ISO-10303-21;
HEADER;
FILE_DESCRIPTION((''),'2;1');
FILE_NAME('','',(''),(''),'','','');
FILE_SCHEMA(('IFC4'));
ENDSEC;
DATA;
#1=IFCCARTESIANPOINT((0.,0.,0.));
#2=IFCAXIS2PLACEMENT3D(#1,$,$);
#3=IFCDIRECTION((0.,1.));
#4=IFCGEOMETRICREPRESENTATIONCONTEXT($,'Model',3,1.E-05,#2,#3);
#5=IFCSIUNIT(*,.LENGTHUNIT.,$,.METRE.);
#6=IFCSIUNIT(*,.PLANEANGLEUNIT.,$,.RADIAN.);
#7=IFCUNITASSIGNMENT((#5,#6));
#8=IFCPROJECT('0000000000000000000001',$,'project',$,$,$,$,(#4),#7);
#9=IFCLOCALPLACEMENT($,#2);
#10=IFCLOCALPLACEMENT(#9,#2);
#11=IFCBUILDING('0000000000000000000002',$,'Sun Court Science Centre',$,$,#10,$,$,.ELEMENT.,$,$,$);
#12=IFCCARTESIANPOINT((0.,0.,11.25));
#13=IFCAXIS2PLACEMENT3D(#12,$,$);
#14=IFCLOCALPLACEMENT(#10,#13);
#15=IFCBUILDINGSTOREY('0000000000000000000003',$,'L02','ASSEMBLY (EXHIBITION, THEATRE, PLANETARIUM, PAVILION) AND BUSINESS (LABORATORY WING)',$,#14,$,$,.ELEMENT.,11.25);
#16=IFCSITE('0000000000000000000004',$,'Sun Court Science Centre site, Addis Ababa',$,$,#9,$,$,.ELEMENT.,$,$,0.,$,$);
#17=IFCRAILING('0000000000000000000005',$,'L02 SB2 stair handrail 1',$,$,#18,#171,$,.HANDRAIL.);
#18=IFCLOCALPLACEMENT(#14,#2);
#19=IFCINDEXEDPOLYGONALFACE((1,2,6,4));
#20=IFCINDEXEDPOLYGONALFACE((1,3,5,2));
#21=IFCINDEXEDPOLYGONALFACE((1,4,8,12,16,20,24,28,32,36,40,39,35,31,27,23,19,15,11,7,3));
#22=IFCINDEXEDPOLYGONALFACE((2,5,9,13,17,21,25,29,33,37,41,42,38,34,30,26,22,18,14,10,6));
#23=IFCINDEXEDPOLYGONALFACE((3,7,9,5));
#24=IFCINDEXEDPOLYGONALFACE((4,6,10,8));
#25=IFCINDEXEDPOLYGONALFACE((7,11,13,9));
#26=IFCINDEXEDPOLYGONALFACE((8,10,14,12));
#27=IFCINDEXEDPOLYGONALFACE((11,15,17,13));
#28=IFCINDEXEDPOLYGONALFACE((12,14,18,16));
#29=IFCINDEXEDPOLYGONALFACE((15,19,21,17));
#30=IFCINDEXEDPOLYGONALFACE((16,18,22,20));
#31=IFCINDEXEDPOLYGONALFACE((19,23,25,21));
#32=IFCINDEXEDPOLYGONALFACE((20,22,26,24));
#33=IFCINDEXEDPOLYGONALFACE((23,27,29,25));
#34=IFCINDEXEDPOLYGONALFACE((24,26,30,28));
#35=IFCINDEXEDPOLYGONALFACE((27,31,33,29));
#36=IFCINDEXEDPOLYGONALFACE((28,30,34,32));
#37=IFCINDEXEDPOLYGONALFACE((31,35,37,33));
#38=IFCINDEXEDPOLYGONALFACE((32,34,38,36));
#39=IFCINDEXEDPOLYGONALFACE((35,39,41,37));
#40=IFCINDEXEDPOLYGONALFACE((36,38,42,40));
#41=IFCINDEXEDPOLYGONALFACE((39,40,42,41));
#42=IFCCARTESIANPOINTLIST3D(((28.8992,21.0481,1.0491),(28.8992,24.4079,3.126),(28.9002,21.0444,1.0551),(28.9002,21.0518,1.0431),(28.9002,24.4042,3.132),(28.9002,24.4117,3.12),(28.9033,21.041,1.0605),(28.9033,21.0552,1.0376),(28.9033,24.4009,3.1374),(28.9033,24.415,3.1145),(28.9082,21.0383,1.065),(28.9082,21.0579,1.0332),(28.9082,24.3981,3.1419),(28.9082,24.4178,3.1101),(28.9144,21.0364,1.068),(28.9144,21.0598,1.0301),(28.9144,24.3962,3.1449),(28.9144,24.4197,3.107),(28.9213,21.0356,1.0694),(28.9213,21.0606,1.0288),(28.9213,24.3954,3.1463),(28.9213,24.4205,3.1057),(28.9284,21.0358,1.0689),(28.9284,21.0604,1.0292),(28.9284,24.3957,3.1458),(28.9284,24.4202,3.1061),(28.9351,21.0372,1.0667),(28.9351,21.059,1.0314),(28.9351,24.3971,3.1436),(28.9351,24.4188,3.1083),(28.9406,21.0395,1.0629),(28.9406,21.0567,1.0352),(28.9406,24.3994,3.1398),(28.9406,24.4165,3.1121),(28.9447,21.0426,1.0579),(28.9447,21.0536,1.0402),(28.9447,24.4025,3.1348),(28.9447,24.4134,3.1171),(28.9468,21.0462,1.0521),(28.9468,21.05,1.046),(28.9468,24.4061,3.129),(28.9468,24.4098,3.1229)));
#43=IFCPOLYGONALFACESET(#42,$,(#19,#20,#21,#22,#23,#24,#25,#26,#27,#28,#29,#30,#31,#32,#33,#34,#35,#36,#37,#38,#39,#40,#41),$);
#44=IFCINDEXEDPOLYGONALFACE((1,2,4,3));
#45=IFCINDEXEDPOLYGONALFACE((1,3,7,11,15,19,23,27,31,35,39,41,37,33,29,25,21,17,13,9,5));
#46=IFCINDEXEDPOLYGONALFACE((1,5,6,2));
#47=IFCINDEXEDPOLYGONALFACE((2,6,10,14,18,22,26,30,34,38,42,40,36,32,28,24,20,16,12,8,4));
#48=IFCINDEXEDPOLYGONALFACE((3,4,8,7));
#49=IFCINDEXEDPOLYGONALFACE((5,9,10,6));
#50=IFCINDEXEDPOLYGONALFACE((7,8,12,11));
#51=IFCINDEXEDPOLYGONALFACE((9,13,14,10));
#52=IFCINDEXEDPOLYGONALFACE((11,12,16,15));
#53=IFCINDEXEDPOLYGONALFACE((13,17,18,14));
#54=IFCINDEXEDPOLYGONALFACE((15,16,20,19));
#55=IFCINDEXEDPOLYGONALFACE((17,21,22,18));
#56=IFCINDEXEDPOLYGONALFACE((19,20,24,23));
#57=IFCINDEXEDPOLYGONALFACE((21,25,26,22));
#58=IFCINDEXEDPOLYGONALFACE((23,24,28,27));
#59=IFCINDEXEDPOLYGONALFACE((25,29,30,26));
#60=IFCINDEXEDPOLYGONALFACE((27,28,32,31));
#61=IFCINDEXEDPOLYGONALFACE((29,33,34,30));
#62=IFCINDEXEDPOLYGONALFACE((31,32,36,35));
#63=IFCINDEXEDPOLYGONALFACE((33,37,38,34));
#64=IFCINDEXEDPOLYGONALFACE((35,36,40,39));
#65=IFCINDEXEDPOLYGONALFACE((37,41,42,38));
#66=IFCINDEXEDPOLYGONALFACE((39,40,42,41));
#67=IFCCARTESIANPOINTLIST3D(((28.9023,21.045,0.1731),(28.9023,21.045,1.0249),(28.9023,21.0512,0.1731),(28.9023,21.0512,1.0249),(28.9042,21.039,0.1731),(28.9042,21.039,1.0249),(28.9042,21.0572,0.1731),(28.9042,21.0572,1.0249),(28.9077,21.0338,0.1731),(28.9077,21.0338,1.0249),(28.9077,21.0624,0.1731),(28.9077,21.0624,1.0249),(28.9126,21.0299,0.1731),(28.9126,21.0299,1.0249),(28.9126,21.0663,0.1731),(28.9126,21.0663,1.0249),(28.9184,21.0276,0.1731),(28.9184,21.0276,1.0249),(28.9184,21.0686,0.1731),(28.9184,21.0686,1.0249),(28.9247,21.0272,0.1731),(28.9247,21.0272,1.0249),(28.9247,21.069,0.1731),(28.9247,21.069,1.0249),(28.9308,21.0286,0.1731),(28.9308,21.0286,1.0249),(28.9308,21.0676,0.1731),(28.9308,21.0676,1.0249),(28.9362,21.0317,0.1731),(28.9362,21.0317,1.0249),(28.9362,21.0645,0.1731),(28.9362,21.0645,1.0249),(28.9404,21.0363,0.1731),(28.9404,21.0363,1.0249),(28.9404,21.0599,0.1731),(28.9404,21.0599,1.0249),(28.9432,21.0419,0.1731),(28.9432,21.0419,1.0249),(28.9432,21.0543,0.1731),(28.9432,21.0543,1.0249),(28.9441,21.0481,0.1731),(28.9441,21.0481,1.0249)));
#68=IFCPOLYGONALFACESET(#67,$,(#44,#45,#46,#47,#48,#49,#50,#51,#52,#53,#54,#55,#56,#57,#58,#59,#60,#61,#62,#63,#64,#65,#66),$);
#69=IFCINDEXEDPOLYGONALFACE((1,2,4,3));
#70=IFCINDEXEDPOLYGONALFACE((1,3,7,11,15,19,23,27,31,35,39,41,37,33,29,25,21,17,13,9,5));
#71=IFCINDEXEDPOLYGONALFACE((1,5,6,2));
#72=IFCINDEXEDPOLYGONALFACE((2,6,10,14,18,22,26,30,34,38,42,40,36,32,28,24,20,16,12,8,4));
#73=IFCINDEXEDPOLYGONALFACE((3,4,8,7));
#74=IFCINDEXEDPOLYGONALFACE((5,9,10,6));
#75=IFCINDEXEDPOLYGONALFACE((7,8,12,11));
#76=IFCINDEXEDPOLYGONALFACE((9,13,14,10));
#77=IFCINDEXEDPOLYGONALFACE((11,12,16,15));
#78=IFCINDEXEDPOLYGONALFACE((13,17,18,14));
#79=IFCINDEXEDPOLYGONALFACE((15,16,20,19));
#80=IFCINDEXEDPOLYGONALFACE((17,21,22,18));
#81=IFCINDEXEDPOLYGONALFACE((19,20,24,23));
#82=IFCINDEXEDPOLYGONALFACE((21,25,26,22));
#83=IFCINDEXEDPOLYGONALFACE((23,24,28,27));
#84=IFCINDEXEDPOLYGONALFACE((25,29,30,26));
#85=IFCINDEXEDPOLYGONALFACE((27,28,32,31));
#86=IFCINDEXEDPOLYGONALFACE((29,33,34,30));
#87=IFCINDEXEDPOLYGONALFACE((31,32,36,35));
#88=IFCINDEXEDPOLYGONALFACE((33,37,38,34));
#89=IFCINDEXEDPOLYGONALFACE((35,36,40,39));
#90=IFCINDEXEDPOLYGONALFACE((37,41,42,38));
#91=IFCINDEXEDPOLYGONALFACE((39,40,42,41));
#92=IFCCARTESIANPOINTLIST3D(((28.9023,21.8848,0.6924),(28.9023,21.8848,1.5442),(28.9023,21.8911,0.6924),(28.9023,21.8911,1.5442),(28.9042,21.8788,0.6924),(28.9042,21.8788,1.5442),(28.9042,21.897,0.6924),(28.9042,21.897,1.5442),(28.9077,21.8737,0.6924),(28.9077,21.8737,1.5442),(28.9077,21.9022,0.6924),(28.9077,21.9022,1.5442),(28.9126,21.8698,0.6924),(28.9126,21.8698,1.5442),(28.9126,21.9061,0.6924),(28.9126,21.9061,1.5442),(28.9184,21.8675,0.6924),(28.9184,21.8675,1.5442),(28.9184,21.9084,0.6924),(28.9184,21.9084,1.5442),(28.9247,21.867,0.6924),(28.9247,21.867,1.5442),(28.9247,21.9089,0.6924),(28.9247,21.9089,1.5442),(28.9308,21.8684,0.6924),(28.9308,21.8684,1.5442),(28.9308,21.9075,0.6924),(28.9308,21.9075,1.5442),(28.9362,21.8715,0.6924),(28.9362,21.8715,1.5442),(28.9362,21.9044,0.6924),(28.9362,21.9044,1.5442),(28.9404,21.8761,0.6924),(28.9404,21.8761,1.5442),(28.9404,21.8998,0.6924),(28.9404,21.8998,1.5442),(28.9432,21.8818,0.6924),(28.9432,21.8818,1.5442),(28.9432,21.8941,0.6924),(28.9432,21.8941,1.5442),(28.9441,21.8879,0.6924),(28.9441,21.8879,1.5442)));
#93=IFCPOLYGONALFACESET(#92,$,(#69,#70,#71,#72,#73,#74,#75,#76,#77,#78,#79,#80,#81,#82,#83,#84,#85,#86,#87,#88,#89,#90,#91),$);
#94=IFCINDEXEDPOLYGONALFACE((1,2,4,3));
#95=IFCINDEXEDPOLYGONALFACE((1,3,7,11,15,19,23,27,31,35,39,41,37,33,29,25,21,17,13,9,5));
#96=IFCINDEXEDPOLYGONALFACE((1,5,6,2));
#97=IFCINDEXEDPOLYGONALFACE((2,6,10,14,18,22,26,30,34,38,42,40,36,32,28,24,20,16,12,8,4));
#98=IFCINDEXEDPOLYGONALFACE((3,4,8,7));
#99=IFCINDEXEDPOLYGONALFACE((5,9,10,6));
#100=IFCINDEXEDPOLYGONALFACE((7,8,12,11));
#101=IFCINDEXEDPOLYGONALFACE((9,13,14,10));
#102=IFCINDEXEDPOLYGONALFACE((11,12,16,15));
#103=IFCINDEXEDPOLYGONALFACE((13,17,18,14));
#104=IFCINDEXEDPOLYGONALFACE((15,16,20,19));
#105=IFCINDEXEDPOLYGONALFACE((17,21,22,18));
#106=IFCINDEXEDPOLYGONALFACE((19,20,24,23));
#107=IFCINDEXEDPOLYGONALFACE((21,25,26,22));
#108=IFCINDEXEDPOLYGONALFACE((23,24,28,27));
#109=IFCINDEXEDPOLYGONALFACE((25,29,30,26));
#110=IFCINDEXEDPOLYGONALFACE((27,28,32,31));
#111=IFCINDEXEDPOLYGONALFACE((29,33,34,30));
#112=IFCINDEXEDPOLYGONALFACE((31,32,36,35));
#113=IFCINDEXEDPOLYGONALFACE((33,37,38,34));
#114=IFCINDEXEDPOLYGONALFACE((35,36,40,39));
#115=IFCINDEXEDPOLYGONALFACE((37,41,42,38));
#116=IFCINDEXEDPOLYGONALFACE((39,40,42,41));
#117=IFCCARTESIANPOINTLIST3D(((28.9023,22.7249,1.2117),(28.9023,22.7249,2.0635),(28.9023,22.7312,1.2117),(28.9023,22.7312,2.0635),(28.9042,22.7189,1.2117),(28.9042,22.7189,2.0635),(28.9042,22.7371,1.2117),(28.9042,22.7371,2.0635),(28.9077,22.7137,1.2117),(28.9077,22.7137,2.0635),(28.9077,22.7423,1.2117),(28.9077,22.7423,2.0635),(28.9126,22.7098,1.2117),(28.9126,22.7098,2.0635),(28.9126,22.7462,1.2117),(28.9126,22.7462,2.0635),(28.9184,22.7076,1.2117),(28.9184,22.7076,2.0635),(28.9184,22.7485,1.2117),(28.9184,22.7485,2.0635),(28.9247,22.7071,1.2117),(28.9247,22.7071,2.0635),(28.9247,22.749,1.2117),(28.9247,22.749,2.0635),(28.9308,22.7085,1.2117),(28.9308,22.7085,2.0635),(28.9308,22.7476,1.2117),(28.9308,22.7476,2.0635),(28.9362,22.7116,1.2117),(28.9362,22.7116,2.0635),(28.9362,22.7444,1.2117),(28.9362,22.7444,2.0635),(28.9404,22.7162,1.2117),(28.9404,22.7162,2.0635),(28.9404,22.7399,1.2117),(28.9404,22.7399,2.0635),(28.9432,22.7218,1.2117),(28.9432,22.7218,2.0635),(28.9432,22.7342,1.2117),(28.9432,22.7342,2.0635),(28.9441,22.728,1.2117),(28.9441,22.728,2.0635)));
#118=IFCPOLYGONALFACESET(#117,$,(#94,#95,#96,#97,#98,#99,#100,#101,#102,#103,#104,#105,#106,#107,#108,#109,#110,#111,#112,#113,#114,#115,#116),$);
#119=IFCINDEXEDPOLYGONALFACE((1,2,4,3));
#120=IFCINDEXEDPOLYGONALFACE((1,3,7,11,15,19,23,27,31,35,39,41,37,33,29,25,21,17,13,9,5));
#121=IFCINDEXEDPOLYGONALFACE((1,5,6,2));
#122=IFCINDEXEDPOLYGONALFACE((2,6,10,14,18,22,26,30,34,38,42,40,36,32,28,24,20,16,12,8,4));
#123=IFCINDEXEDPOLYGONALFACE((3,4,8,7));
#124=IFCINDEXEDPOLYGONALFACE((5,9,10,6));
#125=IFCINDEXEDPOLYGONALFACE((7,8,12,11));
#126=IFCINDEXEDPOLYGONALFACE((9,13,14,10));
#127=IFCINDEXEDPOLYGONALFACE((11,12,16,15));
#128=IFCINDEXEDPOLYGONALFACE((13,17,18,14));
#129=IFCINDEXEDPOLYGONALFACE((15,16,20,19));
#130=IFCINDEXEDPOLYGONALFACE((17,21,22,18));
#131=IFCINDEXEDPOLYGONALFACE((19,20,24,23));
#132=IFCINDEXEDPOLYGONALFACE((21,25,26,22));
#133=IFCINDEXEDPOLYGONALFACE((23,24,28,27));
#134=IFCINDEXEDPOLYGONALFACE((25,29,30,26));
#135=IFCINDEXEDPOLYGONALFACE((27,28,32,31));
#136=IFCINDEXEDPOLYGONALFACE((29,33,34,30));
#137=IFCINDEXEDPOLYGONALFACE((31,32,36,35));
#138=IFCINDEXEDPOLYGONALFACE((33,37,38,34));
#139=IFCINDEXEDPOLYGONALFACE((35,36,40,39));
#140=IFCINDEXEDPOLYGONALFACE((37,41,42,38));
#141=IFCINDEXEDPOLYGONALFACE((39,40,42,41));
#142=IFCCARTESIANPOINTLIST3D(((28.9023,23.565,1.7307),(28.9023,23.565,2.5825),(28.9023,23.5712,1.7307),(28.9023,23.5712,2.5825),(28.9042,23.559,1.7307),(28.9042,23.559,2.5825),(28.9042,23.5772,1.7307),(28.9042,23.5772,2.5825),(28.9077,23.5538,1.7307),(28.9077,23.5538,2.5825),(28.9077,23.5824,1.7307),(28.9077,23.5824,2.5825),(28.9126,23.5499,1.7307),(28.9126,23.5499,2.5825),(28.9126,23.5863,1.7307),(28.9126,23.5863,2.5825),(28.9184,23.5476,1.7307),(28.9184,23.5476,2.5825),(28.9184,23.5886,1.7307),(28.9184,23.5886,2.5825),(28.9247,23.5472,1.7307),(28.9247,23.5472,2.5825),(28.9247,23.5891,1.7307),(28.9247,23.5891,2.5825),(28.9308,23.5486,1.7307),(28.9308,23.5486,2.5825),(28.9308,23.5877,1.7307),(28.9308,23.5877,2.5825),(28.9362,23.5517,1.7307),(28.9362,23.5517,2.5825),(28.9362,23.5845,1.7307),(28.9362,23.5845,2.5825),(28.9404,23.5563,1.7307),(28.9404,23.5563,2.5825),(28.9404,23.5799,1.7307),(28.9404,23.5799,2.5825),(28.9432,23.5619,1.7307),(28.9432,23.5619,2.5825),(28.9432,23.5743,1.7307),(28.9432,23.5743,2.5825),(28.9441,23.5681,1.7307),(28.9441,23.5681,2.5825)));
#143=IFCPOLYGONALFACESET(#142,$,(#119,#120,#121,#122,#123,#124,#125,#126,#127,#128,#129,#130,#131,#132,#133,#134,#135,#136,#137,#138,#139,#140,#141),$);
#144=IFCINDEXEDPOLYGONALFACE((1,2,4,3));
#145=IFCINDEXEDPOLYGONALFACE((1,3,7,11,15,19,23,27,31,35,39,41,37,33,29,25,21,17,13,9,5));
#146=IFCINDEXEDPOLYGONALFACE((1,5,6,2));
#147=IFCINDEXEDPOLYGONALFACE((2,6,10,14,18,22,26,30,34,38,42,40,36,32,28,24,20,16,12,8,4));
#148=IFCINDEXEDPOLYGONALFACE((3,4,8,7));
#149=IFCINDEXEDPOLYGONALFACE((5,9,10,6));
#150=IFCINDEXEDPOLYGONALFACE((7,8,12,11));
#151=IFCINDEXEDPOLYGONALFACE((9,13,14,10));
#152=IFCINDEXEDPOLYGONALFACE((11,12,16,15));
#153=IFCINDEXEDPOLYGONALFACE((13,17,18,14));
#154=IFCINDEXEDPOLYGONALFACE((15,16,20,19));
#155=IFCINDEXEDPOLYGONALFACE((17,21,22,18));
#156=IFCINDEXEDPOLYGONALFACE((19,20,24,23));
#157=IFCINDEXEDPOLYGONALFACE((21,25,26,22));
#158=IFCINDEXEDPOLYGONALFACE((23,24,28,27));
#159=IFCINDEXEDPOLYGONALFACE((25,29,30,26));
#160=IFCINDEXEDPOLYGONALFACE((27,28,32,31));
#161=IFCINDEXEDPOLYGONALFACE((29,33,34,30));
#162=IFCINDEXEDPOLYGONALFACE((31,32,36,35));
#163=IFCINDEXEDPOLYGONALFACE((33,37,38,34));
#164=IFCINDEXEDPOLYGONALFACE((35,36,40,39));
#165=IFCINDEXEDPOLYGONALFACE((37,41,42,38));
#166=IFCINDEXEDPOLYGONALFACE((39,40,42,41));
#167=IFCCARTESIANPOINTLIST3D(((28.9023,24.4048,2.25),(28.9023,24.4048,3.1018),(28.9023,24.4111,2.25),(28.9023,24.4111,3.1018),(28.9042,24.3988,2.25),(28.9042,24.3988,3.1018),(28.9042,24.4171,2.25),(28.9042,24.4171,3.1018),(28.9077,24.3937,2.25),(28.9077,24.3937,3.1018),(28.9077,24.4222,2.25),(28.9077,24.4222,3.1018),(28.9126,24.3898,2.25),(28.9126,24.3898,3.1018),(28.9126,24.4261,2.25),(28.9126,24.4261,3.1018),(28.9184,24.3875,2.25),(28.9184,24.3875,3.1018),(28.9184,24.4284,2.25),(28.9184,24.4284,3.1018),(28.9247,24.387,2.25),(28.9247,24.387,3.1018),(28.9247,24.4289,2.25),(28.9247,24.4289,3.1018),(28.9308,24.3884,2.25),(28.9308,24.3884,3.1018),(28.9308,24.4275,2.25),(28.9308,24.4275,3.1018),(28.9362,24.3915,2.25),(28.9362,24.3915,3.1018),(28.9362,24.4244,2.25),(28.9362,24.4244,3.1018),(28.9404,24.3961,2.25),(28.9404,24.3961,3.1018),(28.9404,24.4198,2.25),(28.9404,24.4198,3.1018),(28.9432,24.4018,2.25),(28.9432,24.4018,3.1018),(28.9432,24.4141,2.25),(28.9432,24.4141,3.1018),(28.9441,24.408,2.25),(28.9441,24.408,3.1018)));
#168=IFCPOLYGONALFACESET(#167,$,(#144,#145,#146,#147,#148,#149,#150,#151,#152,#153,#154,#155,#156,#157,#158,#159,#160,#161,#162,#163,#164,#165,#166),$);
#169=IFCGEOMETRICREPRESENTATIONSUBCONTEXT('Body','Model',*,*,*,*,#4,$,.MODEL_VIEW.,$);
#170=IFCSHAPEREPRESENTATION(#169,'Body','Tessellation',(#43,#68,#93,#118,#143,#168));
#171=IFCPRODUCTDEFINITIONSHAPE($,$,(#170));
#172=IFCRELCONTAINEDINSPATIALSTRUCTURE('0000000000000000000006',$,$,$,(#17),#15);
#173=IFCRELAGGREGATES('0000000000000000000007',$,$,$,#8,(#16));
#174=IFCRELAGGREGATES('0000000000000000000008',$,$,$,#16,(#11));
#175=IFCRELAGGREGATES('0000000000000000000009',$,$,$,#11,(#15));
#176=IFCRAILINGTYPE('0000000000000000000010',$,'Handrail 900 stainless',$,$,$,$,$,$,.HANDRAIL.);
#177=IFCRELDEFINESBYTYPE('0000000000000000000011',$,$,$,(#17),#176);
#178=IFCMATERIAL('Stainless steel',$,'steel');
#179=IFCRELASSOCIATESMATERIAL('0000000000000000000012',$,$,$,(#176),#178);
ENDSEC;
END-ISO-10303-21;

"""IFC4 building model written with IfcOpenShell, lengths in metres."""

from ifc_helpers import new_model, si_unit, direction, frame, origin, origin_2d, place, context, subcontext, project, spatial, circle, extrude, material, type_object, element, save


model = new_model("IFC4")

# Units and contexts
model_context = context("Model", 3, precision=1e-05, world=origin(), true_north=direction((0.0, 1.0)))
body_context = subcontext(model_context, "Body", "Model", "MODEL_VIEW")
ifc_project = project(units=[si_unit("LENGTHUNIT", "METRE"), si_unit("PLANEANGLEUNIT", "RADIAN")], contexts=[model_context])

# Site, building, storey
site_placement = place(None, origin())
site = spatial("IfcSite", under=ifc_project, at=site_placement, Name="Sun Court Science Centre site, Addis Ababa", CompositionType="ELEMENT", RefElevation=0.0)
building_placement = place(site_placement, origin())
building = spatial("IfcBuilding", under=site, at=building_placement, Name="Sun Court Science Centre", CompositionType="ELEMENT")
storey_placement = place(building_placement, frame((0.0, 0.0, 11.25)))
storey = spatial("IfcBuildingStorey", under=building, at=storey_placement, Name="L02", Description="ASSEMBLY (EXHIBITION, THEATRE, PLANETARIUM, PAVILION) AND BUSINESS (LABORATORY WING)", CompositionType="ELEMENT", Elevation=11.25)

# Railing
ifc_material_1 = material(Name="Stainless steel", Category="steel")
railing_type_1 = type_object("IfcRailingType", Name="Handrail 900 stainless", PredefinedType="HANDRAIL", material=ifc_material_1)
railing_1_placement = place(storey_placement, frame((28.9231, 21.0481, 0.1731)))
element("IfcRailing", 1, at=railing_1_placement, inside=storey, type_object=railing_type_1, Name="L02 SB2 stair handrail 1", PredefinedType="HANDRAIL", context=body_context, shape_type="SweptSolid", body=[
    extrude(circle(Radius=0.0239, at=origin_2d()), frame((0.0, 0.0, 0.876), z_axis=(0.0, 0.850606, 0.525803), x_axis=(-1.0, 0.0, 0.0)), (0.0, 0.0, 1.0), 3.95),
    extrude(circle(Radius=0.021, at=origin_2d()), origin(), (0.0, 0.0, 1.0), 0.8518),
    extrude(circle(Radius=0.021, at=origin_2d()), frame((0.0, 0.8398, 0.5193)), (0.0, 0.0, 1.0), 0.8518),
    extrude(circle(Radius=0.021, at=origin_2d()), frame((0.0, 1.6799, 1.0386)), (0.0, 0.0, 1.0), 0.8518),
    extrude(circle(Radius=0.021, at=origin_2d()), frame((0.0, 2.52, 1.5576)), (0.0, 0.0, 1.0), 0.8518),
    extrude(circle(Radius=0.021, at=origin_2d()), frame((0.0, 3.3599, 2.0769)), (0.0, 0.0, 1.0), 0.8518),
])

save(model, "model.ifc")
